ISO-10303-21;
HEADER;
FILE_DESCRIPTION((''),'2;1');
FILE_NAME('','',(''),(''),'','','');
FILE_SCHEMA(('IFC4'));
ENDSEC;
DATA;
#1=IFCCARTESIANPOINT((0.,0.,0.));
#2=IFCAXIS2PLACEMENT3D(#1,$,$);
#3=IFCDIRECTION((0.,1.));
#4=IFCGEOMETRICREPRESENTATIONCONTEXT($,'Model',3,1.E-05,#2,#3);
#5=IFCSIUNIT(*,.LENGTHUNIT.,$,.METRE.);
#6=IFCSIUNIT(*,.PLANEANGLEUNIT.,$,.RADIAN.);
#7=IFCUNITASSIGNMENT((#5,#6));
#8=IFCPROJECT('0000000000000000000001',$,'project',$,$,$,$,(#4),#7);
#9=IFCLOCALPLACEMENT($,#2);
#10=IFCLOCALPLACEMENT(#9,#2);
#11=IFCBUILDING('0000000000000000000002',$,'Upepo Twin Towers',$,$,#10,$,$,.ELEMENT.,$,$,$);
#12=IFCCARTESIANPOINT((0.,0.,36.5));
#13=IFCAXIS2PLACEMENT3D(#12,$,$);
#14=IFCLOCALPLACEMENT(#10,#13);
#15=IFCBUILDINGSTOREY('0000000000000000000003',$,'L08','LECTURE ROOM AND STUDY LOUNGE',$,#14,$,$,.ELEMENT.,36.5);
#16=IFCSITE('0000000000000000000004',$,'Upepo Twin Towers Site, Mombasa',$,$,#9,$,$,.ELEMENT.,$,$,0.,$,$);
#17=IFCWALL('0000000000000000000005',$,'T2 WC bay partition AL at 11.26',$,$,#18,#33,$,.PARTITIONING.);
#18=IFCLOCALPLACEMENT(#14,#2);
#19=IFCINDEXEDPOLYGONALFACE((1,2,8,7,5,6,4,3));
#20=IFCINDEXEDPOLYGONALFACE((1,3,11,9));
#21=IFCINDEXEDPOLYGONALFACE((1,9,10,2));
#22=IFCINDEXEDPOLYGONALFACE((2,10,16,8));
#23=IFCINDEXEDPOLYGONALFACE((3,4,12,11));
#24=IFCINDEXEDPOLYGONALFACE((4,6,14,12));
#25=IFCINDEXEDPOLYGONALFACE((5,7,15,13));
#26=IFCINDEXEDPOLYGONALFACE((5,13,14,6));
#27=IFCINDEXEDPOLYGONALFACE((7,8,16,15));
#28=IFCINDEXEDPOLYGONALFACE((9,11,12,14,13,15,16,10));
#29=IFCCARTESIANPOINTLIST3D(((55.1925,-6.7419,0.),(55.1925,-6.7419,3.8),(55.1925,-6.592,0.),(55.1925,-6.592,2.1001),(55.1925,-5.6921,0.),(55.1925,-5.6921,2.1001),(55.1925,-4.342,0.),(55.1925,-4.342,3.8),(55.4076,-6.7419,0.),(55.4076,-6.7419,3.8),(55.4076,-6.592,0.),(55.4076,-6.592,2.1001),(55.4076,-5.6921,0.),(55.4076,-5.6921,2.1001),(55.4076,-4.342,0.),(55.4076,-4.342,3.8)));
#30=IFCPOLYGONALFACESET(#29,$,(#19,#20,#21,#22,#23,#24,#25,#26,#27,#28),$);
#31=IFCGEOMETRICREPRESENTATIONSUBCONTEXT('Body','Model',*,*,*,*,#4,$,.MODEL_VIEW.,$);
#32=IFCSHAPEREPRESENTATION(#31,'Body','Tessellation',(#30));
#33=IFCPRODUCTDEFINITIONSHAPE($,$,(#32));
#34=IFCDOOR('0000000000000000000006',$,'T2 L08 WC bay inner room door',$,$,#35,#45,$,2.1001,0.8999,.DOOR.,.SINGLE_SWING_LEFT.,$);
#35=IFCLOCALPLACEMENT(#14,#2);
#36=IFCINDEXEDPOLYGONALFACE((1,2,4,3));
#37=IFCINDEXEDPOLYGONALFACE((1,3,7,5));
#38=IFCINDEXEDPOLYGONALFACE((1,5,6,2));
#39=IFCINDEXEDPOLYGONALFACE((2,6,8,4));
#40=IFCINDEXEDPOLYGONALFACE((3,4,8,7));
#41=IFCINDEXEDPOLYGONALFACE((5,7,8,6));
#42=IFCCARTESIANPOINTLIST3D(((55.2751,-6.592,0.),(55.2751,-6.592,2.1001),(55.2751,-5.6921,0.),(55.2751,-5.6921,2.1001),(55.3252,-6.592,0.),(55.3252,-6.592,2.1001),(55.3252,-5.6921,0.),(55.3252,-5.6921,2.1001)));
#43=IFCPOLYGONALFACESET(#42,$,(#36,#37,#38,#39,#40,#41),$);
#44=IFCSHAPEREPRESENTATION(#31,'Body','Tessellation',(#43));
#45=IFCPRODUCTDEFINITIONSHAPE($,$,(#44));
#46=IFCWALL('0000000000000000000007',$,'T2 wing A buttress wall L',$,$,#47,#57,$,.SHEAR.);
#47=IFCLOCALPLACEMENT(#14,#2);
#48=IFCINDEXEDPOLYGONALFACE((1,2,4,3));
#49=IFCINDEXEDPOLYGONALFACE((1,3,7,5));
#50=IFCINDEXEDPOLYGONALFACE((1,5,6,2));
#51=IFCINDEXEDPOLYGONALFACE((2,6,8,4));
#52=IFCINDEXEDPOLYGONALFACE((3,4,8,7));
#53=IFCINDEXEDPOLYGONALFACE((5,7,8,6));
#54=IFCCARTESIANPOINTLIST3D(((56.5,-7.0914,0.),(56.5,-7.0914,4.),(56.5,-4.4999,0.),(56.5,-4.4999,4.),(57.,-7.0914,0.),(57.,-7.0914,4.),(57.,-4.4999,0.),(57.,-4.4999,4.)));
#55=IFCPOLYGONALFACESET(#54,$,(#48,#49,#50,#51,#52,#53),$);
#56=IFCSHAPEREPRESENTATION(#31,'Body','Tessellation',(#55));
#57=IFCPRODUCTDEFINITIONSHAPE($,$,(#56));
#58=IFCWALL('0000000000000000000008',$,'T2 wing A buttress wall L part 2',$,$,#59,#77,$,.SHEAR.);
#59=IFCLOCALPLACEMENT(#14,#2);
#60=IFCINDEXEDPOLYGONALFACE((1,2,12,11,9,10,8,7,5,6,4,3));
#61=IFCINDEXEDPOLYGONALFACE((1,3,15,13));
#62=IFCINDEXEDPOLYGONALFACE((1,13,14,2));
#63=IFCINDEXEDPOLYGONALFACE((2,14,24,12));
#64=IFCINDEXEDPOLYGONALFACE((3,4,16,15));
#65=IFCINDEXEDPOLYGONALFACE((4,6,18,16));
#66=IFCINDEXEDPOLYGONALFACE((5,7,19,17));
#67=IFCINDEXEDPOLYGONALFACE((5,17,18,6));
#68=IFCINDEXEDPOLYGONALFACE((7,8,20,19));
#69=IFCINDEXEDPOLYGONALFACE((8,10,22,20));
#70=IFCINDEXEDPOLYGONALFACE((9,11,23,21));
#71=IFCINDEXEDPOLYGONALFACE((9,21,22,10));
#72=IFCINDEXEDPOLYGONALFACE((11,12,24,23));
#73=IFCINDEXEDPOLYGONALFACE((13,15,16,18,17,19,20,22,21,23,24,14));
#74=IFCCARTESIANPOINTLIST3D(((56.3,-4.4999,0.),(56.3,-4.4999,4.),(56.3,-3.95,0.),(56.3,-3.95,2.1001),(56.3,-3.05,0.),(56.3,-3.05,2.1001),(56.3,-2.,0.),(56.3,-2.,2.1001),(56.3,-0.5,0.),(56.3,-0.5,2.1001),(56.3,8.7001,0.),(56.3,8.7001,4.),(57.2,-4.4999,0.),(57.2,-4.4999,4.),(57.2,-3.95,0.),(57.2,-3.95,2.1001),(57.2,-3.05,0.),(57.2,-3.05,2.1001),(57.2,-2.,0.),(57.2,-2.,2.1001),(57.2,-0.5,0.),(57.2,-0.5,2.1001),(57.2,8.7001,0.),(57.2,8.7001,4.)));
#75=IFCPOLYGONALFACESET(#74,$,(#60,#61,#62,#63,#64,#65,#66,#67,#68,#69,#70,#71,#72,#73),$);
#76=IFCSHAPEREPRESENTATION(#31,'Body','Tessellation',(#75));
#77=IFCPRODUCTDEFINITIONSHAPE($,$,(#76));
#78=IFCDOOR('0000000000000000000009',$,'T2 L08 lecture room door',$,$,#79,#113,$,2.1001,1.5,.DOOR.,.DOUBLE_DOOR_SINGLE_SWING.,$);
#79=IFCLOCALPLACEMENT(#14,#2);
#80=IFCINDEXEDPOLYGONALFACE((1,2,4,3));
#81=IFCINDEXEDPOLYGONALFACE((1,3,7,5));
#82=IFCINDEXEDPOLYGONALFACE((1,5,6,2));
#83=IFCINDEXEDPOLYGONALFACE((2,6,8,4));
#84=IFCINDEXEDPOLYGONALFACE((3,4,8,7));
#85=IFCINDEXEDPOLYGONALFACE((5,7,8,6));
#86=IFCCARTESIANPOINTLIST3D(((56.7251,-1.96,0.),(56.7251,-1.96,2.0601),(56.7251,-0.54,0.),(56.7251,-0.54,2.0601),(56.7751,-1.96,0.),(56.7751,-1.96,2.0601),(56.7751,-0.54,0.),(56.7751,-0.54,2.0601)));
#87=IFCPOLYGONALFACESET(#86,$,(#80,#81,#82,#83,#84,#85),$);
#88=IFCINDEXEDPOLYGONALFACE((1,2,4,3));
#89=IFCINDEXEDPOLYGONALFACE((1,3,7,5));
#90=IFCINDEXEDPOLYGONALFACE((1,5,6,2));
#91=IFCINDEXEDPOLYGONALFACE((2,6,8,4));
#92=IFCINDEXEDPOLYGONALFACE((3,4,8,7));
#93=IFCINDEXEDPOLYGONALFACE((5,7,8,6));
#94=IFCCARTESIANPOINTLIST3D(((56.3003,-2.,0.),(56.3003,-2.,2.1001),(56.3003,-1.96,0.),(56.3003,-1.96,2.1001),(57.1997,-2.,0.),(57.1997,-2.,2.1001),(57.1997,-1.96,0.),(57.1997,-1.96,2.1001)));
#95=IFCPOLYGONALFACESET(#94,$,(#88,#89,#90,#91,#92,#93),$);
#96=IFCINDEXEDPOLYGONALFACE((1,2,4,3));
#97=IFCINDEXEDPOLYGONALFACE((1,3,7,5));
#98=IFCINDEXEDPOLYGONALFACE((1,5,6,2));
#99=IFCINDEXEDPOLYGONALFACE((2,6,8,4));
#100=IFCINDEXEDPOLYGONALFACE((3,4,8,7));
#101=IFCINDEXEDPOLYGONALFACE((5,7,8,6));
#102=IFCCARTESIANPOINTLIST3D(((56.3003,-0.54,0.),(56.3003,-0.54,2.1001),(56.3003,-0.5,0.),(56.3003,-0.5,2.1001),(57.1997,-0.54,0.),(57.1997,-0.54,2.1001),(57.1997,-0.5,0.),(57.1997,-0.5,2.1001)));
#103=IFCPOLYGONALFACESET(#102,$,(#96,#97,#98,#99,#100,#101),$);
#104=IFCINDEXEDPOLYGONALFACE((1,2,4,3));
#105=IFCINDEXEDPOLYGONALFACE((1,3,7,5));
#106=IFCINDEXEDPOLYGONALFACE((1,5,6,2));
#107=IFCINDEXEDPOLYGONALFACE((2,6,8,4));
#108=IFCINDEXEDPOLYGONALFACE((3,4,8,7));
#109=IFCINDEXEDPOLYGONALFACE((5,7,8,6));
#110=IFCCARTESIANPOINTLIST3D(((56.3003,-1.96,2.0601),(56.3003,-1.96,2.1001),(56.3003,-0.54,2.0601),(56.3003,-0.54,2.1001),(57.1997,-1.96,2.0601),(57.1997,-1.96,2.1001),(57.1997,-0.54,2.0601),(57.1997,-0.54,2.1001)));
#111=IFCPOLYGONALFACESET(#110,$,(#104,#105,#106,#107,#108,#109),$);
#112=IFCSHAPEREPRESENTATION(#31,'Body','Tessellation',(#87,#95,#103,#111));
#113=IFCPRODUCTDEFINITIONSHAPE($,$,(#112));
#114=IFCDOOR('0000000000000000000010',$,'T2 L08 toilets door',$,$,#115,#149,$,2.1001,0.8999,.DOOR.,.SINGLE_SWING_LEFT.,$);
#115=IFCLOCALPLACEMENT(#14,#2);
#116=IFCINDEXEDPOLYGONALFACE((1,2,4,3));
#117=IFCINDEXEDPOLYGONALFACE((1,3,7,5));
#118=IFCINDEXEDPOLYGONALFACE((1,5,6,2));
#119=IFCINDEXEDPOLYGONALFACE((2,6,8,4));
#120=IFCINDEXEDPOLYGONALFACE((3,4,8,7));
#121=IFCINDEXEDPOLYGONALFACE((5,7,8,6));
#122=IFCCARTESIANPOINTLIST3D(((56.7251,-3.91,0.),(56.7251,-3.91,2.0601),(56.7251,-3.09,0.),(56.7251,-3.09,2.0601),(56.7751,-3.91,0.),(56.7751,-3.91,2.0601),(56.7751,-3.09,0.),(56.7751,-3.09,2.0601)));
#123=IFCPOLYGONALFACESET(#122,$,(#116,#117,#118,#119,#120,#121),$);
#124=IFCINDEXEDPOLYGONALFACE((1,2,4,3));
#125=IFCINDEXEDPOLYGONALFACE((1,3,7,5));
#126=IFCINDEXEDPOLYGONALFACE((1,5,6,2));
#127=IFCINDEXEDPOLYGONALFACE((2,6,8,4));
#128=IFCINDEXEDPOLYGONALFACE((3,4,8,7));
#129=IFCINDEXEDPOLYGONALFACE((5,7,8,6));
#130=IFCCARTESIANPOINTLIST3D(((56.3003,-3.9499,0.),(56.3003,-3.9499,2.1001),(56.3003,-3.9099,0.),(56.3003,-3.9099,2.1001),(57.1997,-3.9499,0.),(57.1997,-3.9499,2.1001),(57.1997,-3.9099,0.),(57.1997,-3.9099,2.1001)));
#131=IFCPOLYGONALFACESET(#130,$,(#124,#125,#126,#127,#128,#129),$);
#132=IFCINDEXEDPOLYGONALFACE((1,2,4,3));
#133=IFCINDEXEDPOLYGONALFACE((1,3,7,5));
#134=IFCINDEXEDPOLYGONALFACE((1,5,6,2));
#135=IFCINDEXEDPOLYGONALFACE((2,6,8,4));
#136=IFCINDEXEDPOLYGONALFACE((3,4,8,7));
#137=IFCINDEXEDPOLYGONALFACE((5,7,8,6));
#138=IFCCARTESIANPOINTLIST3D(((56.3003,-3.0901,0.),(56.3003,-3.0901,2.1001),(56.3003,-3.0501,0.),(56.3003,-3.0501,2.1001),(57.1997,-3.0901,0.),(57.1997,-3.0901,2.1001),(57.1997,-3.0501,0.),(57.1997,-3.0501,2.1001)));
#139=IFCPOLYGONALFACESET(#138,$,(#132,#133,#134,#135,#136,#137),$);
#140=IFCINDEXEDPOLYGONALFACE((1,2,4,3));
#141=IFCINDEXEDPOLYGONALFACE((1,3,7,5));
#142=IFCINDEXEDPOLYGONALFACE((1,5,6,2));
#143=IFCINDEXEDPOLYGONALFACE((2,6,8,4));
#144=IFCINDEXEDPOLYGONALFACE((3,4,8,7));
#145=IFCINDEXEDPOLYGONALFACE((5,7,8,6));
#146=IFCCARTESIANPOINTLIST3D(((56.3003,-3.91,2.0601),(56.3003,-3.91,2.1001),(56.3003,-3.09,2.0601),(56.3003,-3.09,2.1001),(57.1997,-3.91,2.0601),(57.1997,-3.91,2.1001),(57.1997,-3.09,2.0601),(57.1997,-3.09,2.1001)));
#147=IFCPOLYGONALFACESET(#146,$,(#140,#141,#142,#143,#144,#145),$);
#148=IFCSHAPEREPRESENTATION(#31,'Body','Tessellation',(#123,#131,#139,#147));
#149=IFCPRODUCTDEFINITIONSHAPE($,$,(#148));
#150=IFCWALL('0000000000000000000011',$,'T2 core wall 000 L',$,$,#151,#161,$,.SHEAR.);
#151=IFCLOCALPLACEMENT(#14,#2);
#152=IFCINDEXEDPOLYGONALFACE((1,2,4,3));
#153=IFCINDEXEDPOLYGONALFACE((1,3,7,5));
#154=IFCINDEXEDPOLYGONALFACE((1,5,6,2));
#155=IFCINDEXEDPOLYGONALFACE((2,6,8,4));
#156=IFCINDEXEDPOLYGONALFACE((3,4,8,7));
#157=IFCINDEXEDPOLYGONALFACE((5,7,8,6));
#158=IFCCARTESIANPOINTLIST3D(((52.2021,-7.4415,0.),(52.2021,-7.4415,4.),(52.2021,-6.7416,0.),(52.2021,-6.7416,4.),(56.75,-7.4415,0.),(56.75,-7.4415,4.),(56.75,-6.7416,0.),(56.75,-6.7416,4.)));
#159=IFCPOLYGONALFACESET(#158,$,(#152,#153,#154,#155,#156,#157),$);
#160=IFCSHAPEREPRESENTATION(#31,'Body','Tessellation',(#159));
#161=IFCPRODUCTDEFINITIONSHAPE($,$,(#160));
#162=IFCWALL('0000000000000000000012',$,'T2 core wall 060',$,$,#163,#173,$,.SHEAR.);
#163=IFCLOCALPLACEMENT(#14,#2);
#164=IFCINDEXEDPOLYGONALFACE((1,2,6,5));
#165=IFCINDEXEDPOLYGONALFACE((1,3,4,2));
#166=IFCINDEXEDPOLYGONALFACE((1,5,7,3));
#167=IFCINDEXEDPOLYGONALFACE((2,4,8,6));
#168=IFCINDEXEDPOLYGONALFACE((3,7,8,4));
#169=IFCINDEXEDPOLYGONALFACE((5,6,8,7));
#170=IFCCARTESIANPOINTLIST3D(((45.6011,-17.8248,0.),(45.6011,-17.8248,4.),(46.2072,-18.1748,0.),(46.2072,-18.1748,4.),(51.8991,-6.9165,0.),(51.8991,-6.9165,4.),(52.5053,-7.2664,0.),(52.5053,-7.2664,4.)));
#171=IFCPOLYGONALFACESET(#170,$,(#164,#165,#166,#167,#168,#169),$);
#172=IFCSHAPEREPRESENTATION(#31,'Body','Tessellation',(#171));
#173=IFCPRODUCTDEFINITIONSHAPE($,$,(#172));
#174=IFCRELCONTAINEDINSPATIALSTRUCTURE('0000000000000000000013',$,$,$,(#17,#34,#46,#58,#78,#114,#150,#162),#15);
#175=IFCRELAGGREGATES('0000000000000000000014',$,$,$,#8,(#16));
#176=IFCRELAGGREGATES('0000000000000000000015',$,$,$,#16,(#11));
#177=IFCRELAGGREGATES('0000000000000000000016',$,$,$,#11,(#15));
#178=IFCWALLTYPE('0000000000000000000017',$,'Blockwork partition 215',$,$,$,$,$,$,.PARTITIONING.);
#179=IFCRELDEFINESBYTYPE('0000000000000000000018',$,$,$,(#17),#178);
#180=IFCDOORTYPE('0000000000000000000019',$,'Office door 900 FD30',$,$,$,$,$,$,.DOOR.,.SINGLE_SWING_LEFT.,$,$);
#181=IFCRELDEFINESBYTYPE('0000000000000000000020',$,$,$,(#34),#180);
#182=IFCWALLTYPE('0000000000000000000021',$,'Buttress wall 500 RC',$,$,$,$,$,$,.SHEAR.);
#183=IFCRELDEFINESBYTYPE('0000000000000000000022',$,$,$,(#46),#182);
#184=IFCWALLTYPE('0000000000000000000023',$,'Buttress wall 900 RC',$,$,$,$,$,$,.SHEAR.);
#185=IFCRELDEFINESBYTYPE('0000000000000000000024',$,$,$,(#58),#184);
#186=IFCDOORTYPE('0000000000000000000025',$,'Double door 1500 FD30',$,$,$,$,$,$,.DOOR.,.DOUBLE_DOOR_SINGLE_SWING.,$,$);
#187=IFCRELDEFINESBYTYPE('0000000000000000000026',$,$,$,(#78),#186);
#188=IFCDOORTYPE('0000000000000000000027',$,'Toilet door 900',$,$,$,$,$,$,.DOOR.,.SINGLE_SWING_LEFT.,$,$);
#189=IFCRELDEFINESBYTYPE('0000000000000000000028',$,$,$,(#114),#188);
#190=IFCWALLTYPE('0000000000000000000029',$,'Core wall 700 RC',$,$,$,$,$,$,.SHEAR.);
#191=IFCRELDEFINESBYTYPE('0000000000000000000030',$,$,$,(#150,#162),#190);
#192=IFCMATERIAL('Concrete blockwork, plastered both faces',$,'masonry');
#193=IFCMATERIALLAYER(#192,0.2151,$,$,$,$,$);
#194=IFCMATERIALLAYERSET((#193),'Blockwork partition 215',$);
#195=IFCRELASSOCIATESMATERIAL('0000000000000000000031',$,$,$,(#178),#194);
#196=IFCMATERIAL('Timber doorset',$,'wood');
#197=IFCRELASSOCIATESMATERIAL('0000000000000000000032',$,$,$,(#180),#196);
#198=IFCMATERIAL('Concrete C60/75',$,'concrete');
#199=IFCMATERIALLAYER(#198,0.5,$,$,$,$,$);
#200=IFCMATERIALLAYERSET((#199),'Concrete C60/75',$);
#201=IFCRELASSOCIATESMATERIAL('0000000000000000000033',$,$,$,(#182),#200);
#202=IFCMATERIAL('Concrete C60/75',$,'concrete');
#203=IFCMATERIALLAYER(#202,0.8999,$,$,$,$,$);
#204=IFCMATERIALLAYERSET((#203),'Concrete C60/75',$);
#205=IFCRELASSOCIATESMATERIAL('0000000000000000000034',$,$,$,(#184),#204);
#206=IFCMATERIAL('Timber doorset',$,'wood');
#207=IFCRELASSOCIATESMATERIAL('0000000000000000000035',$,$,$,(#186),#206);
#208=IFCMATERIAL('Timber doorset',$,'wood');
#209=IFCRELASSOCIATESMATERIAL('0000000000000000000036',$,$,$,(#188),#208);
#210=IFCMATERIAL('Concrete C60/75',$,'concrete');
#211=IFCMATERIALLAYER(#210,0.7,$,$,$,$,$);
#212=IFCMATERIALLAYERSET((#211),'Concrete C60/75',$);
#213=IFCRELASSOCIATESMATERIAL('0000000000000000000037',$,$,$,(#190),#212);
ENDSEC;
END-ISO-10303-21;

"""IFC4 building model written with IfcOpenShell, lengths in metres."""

from ifc_helpers import new_model, si_unit, direction, frame, frame_2d, origin, place, context, subcontext, project, spatial, rectangle, extrude, material, layer, layer_set, type_object, element, fill, save


model = new_model("IFC4")

# Units and contexts
model_context = context("Model", 3, precision=1e-05, world=origin(), true_north=direction((0.0, 1.0)))
body_context = subcontext(model_context, "Body", "Model", "MODEL_VIEW")
ifc_project = project(units=[si_unit("LENGTHUNIT", "METRE"), si_unit("PLANEANGLEUNIT", "RADIAN")], contexts=[model_context])

# Site, building, storey
site_placement = place(None, origin())
site = spatial("IfcSite", under=ifc_project, at=site_placement, Name="Upepo Twin Towers Site, Mombasa", CompositionType="ELEMENT", RefElevation=0.0)
building_placement = place(site_placement, origin())
building = spatial("IfcBuilding", under=site, at=building_placement, Name="Upepo Twin Towers", CompositionType="ELEMENT")
storey_placement = place(building_placement, frame((0.0, 0.0, 36.5)))
storey = spatial("IfcBuildingStorey", under=building, at=storey_placement, Name="L08", Description="LECTURE ROOM AND STUDY LOUNGE", CompositionType="ELEMENT", Elevation=36.5)

# Wall, opening, door
ifc_material_1 = material(Name="Concrete blockwork, plastered both faces", Category="masonry")
ifc_layer_1 = layer(ifc_material_1, 0.2151)
ifc_layer_set_1 = layer_set([ifc_layer_1], Name="Blockwork partition 215")
wall_type_1 = type_object("IfcWallType", Name="Blockwork partition 215", PredefinedType="PARTITIONING", material=ifc_layer_set_1)
wall_1_placement = place(storey_placement, frame((55.3, -6.7419, 0.0), z_axis=(0.0, 0.0, 1.0), x_axis=(0.0, 1.0, 0.0)))
wall_1 = element("IfcWall", 1, at=wall_1_placement, inside=storey, type_object=wall_type_1, Name="T2 WC bay partition AL at 11.26", PredefinedType="PARTITIONING", context=body_context, shape_type="SweptSolid", body=[
    extrude(rectangle(XDim=2.3999, YDim=0.2151, at=frame_2d((1.2, 0.0))), origin(), (0.0, 0.0, 1.0), 3.8),
])
opening_1_placement = place(wall_1_placement, frame((0.1499, 0.0, 0.0)))
opening_1 = element("IfcOpeningElement", 2, at=opening_1_placement, cuts=wall_1, PredefinedType="OPENING", context=body_context, shape_type="SweptSolid", body=[
    extrude(rectangle(XDim=0.8999, YDim=2.1001, at=frame_2d((0.45, 1.05))), frame((0.0, 0.1174, 0.0), z_axis=(0.0, -1.0, 0.0), x_axis=(1.0, 0.0, 0.0)), (0.0, 0.0, 1.0), 0.2351),
])
ifc_material_2 = material(Name="Timber doorset", Category="wood")
door_type_1 = type_object("IfcDoorType", Name="Office door 900 FD30", OperationType="SINGLE_SWING_LEFT", PredefinedType="DOOR", material=ifc_material_2)
door_1_placement = place(opening_1_placement, origin())
door_1 = element("IfcDoor", 3, at=door_1_placement, inside=storey, type_object=door_type_1, Name="T2 L08 WC bay inner room door", OperationType="SINGLE_SWING_LEFT", OverallHeight=2.1001, OverallWidth=0.8999, PredefinedType="DOOR", context=body_context, shape_type="SweptSolid", body=[
    extrude(rectangle(XDim=0.8999, YDim=2.1001, at=frame_2d((0.45, 1.05))), frame((0.0, 0.0249, 0.0), z_axis=(0.0, -1.0, 0.0), x_axis=(1.0, 0.0, 0.0)), (0.0, 0.0, 1.0), 0.05),
])
fill(opening_1, door_1)

# Wall
ifc_material_3 = material(Name="Concrete C60/75", Category="concrete")
ifc_layer_2 = layer(ifc_material_3, 0.5)
ifc_layer_set_2 = layer_set([ifc_layer_2], Name="Concrete C60/75")
wall_type_2 = type_object("IfcWallType", Name="Buttress wall 500 RC", PredefinedType="SHEAR", material=ifc_layer_set_2)
wall_2_placement = place(storey_placement, frame((56.75, -7.0916, 0.0), z_axis=(0.0, 0.0, 1.0), x_axis=(0.0, 1.0, 0.0)))
element("IfcWall", 4, at=wall_2_placement, inside=storey, type_object=wall_type_2, Name="T2 wing A buttress wall L", PredefinedType="SHEAR", context=body_context, shape_type="SweptSolid", body=[
    extrude(rectangle(XDim=2.5916, YDim=0.5, at=frame_2d((1.2959, 0.0))), origin(), (0.0, 0.0, 1.0), 4.0),
])

# Wall, openings, doors
ifc_material_4 = material(Name="Concrete C60/75", Category="concrete")
ifc_layer_3 = layer(ifc_material_4, 0.8999)
ifc_layer_set_3 = layer_set([ifc_layer_3], Name="Concrete C60/75")
wall_type_3 = type_object("IfcWallType", Name="Buttress wall 900 RC", PredefinedType="SHEAR", material=ifc_layer_set_3)
wall_3_placement = place(storey_placement, frame((56.75, -4.5, 0.0), z_axis=(0.0, 0.0, 1.0), x_axis=(0.0, 1.0, 0.0)))
wall_3 = element("IfcWall", 5, at=wall_3_placement, inside=storey, type_object=wall_type_3, Name="T2 wing A buttress wall L part 2", PredefinedType="SHEAR", context=body_context, shape_type="SweptSolid", body=[
    extrude(rectangle(XDim=13.2, YDim=0.8999, at=frame_2d((6.6001, 0.0))), origin(), (0.0, 0.0, 1.0), 4.0),
])
opening_2_placement = place(wall_3_placement, frame((0.55, 0.0, 0.0)))
opening_2 = element("IfcOpeningElement", 6, at=opening_2_placement, cuts=wall_3, PredefinedType="OPENING", context=body_context, shape_type="SweptSolid", body=[
    extrude(rectangle(XDim=0.8999, YDim=2.1001, at=frame_2d((0.45, 1.05))), frame((0.0, 0.46, 0.0), z_axis=(0.0, -1.0, 0.0), x_axis=(1.0, 0.0, 0.0)), (0.0, 0.0, 1.0), 0.9199),
])
opening_3_placement = place(wall_3_placement, frame((2.5, 0.0, 0.0)))
opening_3 = element("IfcOpeningElement", 7, at=opening_3_placement, cuts=wall_3, PredefinedType="OPENING", context=body_context, shape_type="SweptSolid", body=[
    extrude(rectangle(XDim=1.5, YDim=2.1001, at=frame_2d((0.75, 1.05))), frame((0.0, 0.46, 0.0), z_axis=(0.0, -1.0, 0.0), x_axis=(1.0, 0.0, 0.0)), (0.0, 0.0, 1.0), 0.9199),
])
ifc_material_5 = material(Name="Timber doorset", Category="wood")
door_type_2 = type_object("IfcDoorType", Name="Double door 1500 FD30", OperationType="DOUBLE_DOOR_SINGLE_SWING", PredefinedType="DOOR", material=ifc_material_5)
door_2_placement = place(opening_3_placement, origin())
door_2 = element("IfcDoor", 8, at=door_2_placement, inside=storey, type_object=door_type_2, Name="T2 L08 lecture room door", OperationType="DOUBLE_DOOR_SINGLE_SWING", OverallHeight=2.1001, OverallWidth=1.5, PredefinedType="DOOR", context=body_context, shape_type="SweptSolid", body=[
    extrude(rectangle(XDim=1.42, YDim=2.0601, at=frame_2d((0.75, 1.03))), frame((0.0, 0.0249, 0.0), z_axis=(0.0, -1.0, 0.0), x_axis=(1.0, 0.0, 0.0)), (0.0, 0.0, 1.0), 0.05),
    extrude(rectangle(XDim=0.04, YDim=2.1001, at=frame_2d((0.02, 1.05))), frame((0.0, 0.4497, 0.0), z_axis=(0.0, -1.0, 0.0), x_axis=(1.0, 0.0, 0.0)), (0.0, 0.0, 1.0), 0.8994),
    extrude(rectangle(XDim=0.04, YDim=2.1001, at=frame_2d((1.48, 1.05))), frame((0.0, 0.4497, 0.0), z_axis=(0.0, -1.0, 0.0), x_axis=(1.0, 0.0, 0.0)), (0.0, 0.0, 1.0), 0.8994),
    extrude(rectangle(XDim=1.42, YDim=0.04, at=frame_2d((0.75, 2.0801))), frame((0.0, 0.4497, 0.0), z_axis=(0.0, -1.0, 0.0), x_axis=(1.0, 0.0, 0.0)), (0.0, 0.0, 1.0), 0.8994),
])
fill(opening_3, door_2)
ifc_material_6 = material(Name="Timber doorset", Category="wood")
door_type_3 = type_object("IfcDoorType", Name="Toilet door 900", OperationType="SINGLE_SWING_LEFT", PredefinedType="DOOR", material=ifc_material_6)
door_3_placement = place(opening_2_placement, origin())
door_3 = element("IfcDoor", 9, at=door_3_placement, inside=storey, type_object=door_type_3, Name="T2 L08 toilets door", OperationType="SINGLE_SWING_LEFT", OverallHeight=2.1001, OverallWidth=0.8999, PredefinedType="DOOR", context=body_context, shape_type="SweptSolid", body=[
    extrude(rectangle(XDim=0.8199, YDim=2.0601, at=frame_2d((0.45, 1.03))), frame((0.0, 0.0249, 0.0), z_axis=(0.0, -1.0, 0.0), x_axis=(1.0, 0.0, 0.0)), (0.0, 0.0, 1.0), 0.05),
    extrude(rectangle(XDim=0.04, YDim=2.1001, at=frame_2d((0.02, 1.05))), frame((0.0, 0.4497, 0.0), z_axis=(0.0, -1.0, 0.0), x_axis=(1.0, 0.0, 0.0)), (0.0, 0.0, 1.0), 0.8994),
    extrude(rectangle(XDim=0.04, YDim=2.1001, at=frame_2d((0.8799, 1.05))), frame((0.0, 0.4497, 0.0), z_axis=(0.0, -1.0, 0.0), x_axis=(1.0, 0.0, 0.0)), (0.0, 0.0, 1.0), 0.8994),
    extrude(rectangle(XDim=0.8199, YDim=0.04, at=frame_2d((0.45, 2.0801))), frame((0.0, 0.4497, 0.0), z_axis=(0.0, -1.0, 0.0), x_axis=(1.0, 0.0, 0.0)), (0.0, 0.0, 1.0), 0.8994),
])
fill(opening_2, door_3)

# Walls
ifc_material_7 = material(Name="Concrete C60/75", Category="concrete")
ifc_layer_4 = layer(ifc_material_7, 0.7)
ifc_layer_set_4 = layer_set([ifc_layer_4], Name="Concrete C60/75")
wall_type_4 = type_object("IfcWallType", Name="Core wall 700 RC", PredefinedType="SHEAR", material=ifc_layer_set_4)
wall_4_placement = place(storey_placement, frame((56.75, -7.0916, 0.0), z_axis=(0.0, 0.0, 1.0), x_axis=(-1.0, 0.0, 0.0)))
element("IfcWall", 10, at=wall_4_placement, inside=storey, type_object=wall_type_4, Name="T2 core wall 000 L", PredefinedType="SHEAR", context=body_context, shape_type="SweptSolid", body=[
    extrude(rectangle(XDim=4.5479, YDim=0.7, at=frame_2d((2.2739, 0.0))), origin(), (0.0, 0.0, 1.0), 4.0),
])
wall_5_placement = place(storey_placement, frame((52.2021, -7.0916, 0.0), z_axis=(0.0, 0.0, 1.0), x_axis=(-0.500006, -0.866022, 0.0)))
element("IfcWall", 11, at=wall_5_placement, inside=storey, type_object=wall_type_4, Name="T2 core wall 060", PredefinedType="SHEAR", context=body_context, shape_type="SweptSolid", body=[
    extrude(rectangle(XDim=12.5959, YDim=0.7, at=frame_2d((6.2979, 0.0))), origin(), (0.0, 0.0, 1.0), 4.0),
])

save(model, "model.ifc")
